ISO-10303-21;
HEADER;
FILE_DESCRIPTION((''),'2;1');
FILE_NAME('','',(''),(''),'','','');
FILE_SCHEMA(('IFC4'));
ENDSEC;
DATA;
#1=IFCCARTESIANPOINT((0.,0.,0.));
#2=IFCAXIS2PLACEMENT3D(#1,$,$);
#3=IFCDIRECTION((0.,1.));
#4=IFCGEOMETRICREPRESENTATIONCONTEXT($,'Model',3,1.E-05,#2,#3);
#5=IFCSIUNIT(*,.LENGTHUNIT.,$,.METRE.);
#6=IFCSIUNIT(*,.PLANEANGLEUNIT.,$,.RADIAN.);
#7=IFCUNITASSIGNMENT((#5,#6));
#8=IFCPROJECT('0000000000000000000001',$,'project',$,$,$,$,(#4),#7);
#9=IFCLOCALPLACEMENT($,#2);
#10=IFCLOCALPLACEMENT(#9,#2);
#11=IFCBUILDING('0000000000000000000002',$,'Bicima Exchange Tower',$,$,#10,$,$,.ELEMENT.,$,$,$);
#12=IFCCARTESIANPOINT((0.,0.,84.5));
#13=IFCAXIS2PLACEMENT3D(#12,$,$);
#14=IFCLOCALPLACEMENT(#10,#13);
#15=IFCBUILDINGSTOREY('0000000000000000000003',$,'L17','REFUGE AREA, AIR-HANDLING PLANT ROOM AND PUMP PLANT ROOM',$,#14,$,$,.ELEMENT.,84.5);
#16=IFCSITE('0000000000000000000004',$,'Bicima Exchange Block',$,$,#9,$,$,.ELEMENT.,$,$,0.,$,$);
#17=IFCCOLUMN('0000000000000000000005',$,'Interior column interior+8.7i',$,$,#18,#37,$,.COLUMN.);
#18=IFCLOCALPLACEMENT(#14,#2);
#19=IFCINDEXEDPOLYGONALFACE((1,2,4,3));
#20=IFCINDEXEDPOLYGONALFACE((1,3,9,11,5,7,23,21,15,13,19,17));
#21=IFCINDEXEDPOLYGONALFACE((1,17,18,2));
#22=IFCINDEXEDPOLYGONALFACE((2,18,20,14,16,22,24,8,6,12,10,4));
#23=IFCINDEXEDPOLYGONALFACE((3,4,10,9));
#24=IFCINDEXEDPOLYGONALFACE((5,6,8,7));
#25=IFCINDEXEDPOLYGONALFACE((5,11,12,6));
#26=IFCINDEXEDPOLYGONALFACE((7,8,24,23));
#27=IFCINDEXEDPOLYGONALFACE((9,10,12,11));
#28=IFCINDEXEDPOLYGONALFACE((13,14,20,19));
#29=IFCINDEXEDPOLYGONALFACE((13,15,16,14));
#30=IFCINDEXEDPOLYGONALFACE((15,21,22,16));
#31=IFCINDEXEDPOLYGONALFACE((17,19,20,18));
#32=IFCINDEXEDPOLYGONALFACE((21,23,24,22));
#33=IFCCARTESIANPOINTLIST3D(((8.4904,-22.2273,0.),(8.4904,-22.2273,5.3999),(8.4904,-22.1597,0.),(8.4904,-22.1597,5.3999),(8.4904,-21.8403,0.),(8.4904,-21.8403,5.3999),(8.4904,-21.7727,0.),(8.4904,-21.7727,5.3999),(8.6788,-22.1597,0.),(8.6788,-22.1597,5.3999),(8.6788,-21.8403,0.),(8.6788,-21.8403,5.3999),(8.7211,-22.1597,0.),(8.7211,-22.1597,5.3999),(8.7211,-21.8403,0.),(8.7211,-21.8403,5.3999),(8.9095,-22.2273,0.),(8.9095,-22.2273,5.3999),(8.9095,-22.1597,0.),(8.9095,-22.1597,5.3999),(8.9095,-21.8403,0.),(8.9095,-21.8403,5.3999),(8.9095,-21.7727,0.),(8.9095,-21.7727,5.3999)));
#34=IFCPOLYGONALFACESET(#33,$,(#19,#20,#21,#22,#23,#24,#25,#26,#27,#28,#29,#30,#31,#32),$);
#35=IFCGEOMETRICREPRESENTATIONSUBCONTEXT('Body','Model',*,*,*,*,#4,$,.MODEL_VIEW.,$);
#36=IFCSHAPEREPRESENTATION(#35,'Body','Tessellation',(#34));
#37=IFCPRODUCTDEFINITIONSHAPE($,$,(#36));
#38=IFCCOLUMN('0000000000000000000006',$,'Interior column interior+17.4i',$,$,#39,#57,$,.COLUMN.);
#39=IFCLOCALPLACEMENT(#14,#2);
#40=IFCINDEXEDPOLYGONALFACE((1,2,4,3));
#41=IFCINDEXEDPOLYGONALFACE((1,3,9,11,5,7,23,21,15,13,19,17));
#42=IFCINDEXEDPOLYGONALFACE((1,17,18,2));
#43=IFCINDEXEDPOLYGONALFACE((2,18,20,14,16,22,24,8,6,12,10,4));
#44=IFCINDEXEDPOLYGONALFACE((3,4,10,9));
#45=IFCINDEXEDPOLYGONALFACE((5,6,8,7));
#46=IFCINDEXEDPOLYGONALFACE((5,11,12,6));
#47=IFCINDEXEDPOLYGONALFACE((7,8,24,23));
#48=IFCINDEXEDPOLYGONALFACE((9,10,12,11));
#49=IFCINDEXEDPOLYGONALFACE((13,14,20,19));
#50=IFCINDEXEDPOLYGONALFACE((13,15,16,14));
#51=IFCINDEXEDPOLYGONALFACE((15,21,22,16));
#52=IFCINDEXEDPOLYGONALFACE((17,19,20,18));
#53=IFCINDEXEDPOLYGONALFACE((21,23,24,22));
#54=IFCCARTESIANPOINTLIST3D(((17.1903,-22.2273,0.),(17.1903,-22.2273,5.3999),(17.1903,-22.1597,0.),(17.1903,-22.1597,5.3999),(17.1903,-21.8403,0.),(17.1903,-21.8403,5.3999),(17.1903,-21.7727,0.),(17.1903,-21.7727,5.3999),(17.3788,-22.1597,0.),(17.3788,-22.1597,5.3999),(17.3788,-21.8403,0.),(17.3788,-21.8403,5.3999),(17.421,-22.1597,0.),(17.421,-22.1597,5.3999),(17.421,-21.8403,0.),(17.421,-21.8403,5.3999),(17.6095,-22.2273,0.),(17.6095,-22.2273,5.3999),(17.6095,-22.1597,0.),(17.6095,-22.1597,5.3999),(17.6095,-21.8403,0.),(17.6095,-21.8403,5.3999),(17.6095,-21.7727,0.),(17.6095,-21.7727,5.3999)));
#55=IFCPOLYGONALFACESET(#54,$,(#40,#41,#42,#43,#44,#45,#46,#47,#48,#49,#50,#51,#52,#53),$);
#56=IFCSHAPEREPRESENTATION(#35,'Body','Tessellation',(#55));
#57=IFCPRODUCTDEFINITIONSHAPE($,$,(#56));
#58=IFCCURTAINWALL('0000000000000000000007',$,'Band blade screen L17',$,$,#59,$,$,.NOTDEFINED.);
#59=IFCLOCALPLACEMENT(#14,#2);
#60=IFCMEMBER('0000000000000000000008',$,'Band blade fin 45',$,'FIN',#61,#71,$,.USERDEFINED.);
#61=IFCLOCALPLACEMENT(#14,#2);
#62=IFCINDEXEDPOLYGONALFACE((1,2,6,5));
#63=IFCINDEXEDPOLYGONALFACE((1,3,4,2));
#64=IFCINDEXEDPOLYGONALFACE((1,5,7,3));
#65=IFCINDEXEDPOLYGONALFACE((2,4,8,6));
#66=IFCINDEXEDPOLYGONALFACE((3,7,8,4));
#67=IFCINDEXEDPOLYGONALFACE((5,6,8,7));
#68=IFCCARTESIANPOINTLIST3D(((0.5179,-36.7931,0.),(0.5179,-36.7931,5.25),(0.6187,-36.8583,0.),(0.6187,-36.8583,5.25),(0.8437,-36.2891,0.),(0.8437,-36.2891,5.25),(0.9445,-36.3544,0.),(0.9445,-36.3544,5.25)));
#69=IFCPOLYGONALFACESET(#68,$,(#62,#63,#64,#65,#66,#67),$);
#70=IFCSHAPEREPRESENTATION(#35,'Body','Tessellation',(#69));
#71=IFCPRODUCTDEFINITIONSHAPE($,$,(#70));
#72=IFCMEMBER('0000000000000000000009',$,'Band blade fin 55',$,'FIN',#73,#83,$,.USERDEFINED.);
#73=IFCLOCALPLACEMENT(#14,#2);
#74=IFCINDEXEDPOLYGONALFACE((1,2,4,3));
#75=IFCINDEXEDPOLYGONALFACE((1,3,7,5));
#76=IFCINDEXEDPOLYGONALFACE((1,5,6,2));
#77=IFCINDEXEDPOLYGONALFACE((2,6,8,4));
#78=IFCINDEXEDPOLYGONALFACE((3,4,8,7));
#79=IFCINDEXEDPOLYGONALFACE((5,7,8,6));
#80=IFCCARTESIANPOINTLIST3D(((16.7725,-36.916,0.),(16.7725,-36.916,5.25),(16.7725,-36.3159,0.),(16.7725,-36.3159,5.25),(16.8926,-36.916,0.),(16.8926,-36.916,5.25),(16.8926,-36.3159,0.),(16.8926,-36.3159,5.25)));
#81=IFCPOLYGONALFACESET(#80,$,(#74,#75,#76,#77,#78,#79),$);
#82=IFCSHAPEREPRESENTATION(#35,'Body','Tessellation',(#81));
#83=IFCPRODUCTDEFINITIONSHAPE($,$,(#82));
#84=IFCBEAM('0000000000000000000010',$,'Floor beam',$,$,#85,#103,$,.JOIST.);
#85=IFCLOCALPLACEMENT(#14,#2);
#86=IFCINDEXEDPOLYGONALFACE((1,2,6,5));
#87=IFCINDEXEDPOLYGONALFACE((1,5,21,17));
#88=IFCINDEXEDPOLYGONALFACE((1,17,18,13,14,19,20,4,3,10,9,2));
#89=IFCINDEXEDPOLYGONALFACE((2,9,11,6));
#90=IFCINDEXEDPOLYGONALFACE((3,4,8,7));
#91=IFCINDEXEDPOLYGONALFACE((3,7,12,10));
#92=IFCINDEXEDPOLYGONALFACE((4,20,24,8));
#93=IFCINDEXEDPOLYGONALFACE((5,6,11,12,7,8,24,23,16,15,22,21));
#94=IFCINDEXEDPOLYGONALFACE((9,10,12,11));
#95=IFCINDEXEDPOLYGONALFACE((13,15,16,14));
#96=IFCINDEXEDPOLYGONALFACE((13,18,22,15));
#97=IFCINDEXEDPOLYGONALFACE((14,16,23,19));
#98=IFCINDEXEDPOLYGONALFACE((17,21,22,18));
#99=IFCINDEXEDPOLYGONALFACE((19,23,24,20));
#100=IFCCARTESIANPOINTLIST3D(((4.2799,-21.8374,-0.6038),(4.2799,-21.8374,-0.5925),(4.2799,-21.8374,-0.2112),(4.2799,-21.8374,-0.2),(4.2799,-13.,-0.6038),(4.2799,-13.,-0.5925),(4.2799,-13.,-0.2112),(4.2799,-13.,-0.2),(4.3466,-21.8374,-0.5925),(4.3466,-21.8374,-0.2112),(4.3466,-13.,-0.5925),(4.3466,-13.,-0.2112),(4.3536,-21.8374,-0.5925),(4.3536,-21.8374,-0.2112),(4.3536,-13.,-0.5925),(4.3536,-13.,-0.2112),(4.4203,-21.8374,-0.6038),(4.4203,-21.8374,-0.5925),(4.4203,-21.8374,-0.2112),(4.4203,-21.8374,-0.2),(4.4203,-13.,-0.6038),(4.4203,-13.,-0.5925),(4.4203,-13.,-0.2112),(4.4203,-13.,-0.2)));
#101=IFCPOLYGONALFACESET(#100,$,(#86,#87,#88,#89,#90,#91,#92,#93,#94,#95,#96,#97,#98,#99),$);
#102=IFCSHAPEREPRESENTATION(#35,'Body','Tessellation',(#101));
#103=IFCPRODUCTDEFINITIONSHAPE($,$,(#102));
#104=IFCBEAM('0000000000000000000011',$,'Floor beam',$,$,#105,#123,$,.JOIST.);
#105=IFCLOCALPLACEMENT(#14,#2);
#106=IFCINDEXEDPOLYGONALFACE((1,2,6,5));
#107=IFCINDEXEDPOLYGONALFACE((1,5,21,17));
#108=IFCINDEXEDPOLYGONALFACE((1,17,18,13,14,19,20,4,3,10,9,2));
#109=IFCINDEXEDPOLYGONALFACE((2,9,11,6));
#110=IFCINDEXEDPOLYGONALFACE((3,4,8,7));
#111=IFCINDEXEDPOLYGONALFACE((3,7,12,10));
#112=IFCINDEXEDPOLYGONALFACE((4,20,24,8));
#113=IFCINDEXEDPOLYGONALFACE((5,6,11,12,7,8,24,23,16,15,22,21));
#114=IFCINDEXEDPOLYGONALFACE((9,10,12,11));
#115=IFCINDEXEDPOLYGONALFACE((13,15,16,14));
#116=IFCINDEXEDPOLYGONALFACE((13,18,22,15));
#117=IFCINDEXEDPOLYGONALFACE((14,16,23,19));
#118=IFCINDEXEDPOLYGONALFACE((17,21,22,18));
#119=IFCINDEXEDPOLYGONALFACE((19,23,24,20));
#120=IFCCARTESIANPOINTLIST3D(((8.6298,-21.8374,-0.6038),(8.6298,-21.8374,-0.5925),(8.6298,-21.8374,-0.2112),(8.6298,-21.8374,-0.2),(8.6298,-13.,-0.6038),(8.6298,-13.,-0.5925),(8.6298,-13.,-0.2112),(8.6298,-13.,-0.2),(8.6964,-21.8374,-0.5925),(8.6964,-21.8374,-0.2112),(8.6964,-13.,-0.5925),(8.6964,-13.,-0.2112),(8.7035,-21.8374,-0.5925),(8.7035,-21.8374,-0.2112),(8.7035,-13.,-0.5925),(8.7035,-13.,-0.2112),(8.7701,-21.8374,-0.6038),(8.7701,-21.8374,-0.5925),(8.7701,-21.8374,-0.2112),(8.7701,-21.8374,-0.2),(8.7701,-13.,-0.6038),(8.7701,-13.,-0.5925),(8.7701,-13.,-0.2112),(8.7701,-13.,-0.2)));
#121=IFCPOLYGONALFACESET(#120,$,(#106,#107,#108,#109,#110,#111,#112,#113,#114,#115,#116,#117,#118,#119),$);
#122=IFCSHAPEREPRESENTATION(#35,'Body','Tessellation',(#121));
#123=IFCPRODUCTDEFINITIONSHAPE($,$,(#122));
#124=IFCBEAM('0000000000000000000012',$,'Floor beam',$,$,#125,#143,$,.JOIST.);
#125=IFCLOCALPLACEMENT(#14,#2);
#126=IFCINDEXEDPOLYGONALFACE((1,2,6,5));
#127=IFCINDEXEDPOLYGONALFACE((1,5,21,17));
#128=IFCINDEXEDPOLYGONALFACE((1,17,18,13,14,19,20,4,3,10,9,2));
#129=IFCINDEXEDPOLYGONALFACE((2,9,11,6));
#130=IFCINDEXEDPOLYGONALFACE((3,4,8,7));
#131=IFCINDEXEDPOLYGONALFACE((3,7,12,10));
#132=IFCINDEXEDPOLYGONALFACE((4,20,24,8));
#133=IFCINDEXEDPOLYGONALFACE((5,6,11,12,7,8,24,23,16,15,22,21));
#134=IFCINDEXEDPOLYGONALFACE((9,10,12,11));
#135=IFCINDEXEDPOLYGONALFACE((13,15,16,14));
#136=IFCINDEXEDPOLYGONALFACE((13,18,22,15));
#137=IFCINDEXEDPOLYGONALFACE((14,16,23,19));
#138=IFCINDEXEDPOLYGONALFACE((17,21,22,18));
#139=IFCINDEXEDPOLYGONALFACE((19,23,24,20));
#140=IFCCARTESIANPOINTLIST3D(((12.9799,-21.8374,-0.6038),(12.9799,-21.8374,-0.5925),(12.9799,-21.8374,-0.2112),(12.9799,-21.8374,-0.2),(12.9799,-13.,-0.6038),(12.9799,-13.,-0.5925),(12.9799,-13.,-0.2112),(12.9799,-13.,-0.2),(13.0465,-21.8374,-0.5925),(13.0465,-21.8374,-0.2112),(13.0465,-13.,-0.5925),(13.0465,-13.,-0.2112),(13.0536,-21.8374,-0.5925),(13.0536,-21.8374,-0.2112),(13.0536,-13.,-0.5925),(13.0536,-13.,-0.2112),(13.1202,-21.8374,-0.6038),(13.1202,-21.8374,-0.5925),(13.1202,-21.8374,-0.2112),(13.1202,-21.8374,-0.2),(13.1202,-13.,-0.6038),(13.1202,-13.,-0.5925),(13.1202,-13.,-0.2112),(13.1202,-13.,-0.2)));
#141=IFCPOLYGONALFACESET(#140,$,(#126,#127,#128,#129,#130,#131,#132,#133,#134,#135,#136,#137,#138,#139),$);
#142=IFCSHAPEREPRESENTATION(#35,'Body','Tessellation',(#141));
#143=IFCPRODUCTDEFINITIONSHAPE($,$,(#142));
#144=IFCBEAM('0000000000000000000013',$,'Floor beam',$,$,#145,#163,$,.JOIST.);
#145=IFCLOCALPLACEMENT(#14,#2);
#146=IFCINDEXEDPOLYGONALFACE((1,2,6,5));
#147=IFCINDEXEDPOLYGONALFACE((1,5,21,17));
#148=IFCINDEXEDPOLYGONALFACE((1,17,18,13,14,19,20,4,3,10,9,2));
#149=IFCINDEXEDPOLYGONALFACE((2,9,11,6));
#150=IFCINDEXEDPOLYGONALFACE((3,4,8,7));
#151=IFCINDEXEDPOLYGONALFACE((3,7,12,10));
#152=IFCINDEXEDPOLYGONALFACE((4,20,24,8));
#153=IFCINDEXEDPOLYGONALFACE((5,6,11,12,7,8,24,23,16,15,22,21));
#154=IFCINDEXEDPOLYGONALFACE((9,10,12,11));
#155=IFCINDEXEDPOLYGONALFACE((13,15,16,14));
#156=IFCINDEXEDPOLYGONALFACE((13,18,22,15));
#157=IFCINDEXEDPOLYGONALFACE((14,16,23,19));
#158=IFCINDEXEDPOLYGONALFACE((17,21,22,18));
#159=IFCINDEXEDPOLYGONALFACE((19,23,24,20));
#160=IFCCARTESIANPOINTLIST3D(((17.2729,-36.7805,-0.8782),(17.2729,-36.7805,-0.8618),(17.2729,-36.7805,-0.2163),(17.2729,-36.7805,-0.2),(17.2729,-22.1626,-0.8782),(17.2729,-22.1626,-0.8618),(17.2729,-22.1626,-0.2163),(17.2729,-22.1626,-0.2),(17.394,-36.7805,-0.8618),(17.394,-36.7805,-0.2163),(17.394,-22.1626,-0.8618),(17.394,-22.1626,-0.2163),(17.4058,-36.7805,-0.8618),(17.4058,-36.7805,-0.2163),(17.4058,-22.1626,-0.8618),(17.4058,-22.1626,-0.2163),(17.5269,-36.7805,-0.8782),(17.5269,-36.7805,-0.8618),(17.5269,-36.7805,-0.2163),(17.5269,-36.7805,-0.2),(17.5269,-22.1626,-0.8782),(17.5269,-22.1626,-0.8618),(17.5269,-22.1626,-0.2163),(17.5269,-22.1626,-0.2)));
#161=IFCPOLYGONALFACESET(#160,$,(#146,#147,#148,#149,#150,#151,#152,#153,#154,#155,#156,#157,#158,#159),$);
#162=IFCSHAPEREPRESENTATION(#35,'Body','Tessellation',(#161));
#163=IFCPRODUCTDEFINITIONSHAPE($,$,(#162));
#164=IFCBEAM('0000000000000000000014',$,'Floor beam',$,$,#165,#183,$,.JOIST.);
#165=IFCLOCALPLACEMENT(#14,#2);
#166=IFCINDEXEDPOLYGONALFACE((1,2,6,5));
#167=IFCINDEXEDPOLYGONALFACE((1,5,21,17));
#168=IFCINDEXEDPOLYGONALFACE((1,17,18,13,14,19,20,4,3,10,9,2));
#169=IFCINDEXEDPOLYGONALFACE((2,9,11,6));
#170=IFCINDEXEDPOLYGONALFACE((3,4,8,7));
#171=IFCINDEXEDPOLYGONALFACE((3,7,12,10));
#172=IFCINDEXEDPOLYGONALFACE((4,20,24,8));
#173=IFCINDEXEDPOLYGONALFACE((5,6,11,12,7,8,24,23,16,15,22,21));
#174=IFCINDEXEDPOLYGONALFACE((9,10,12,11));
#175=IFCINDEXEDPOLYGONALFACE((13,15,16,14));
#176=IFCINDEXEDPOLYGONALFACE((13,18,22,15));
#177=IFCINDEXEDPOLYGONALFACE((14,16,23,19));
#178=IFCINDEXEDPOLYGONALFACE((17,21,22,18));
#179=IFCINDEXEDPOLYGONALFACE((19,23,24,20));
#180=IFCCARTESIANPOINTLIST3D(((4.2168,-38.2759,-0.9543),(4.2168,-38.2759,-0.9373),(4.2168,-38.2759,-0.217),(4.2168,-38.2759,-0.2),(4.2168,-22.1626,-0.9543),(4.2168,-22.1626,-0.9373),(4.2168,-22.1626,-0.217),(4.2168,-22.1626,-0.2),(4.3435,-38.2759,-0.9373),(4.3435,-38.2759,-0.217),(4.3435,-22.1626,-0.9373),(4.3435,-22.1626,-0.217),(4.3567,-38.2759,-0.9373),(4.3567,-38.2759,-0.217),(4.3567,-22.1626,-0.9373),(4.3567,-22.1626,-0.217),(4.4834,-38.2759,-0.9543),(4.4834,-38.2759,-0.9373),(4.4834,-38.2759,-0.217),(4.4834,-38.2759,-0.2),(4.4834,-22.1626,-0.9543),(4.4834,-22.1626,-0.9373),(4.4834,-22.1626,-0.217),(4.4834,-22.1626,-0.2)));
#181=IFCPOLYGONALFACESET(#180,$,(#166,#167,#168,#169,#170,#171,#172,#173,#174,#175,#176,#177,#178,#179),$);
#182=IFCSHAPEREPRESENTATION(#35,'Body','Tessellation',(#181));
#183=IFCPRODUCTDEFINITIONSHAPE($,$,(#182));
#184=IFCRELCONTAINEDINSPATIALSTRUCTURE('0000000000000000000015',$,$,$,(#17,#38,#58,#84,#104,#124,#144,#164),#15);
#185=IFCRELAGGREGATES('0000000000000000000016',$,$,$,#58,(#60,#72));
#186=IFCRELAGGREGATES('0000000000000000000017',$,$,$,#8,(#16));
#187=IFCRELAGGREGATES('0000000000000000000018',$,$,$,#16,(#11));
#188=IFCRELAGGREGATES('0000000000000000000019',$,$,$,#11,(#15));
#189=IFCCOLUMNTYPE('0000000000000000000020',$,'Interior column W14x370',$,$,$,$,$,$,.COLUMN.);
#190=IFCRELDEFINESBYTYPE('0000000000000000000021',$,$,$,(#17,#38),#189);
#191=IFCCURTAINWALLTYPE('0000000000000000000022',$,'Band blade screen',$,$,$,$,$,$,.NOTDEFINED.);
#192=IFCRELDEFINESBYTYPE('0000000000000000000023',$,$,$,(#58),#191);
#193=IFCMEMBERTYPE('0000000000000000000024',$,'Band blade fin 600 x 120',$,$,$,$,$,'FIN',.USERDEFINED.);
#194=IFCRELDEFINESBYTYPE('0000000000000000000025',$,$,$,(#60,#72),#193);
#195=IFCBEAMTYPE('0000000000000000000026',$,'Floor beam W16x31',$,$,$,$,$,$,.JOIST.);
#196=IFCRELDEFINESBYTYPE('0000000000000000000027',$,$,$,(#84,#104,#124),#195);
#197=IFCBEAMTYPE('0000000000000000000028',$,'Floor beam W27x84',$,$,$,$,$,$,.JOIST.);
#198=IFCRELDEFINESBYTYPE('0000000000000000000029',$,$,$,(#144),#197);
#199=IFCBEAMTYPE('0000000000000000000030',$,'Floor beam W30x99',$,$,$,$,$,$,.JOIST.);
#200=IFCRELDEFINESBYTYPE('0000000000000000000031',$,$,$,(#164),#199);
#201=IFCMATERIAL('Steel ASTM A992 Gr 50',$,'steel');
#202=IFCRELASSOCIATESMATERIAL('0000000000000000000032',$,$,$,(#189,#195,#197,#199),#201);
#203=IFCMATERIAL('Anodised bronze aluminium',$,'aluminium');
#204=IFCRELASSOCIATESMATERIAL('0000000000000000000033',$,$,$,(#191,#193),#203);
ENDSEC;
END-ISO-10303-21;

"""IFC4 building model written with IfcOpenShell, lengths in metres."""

from ifc_helpers import new_model, si_unit, direction, frame, origin, origin_2d, place, context, subcontext, project, spatial, rectangle, i_section, extrude, material, material_profile, profile_set, type_object, element, aggregate, save


model = new_model("IFC4")

# Units and contexts
model_context = context("Model", 3, precision=1e-05, world=origin(), true_north=direction((0.0, 1.0)))
body_context = subcontext(model_context, "Body", "Model", "MODEL_VIEW")
ifc_project = project(units=[si_unit("LENGTHUNIT", "METRE"), si_unit("PLANEANGLEUNIT", "RADIAN")], contexts=[model_context])

# Site, building, storey
site_placement = place(None, origin())
site = spatial("IfcSite", under=ifc_project, at=site_placement, Name="Bicima Exchange Block", CompositionType="ELEMENT", RefElevation=0.0)
building_placement = place(site_placement, origin())
building = spatial("IfcBuilding", under=site, at=building_placement, Name="Bicima Exchange Tower", CompositionType="ELEMENT")
storey_placement = place(building_placement, frame((0.0, 0.0, 84.5)))
storey = spatial("IfcBuildingStorey", under=building, at=storey_placement, Name="L17", Description="REFUGE AREA, AIR-HANDLING PLANT ROOM AND PUMP PLANT ROOM", CompositionType="ELEMENT", Elevation=84.5)

# Columns
ifc_material_1 = material(Name="Steel ASTM A992 Gr 50", Category="steel")
ifc_material_profile_1 = material_profile(ifc_material_1, i_section(OverallWidth=0.4192, OverallDepth=0.4546, WebThickness=0.0422, FlangeThickness=0.0676, at=origin_2d()))
ifc_profile_set_1 = profile_set([ifc_material_profile_1], Name="Steel ASTM A992 Gr 50")
column_type = type_object("IfcColumnType", Name="Interior column W14x370", PredefinedType="COLUMN", material=ifc_profile_set_1)
for number, where, z_axis, x_axis, name in (
    (1, (8.7, -22.0, 0.0), (0.0, 0.0, 1.0), (1.0, 0.0, 0.0), "Interior column interior+8.7i"),
    (2, (17.3999, -22.0, 0.0), (0.0, 0.0, 1.0), (1.0, 0.0, 0.0), "Interior column interior+17.4i"),
):
    element("IfcColumn", number, at=place(storey_placement, frame(where, z_axis=z_axis, x_axis=x_axis)), inside=storey, type_object=column_type, Name=name, PredefinedType="COLUMN", context=body_context, shape_type="SweptSolid", body=[
        extrude(i_section(OverallWidth=0.4192, OverallDepth=0.4546, WebThickness=0.0422, FlangeThickness=0.0676, at=origin_2d()), origin(), (0.0, 0.0, 1.0), 5.3999),
    ])

# Curtain wall, members
ifc_material_2 = material(Name="Anodised bronze aluminium", Category="aluminium")
curtain_wall_type = type_object("IfcCurtainWallType", Name="Band blade screen", PredefinedType="NOTDEFINED", material=ifc_material_2)
curtain_wall_placement = place(storey_placement, origin())
curtain_wall = element("IfcCurtainWall", 3, at=curtain_wall_placement, inside=storey, type_object=curtain_wall_type, Name="Band blade screen L17", PredefinedType="NOTDEFINED")
ifc_material_profile_2 = material_profile(ifc_material_2, rectangle(XDim=0.6001, YDim=0.1201, at=origin_2d()))
ifc_profile_set_2 = profile_set([ifc_material_profile_2], Name="Anodised bronze aluminium")
member_type = type_object("IfcMemberType", Name="Band blade fin 600 x 120", ElementType="FIN", PredefinedType="USERDEFINED", material=ifc_profile_set_2)
member_1_placement = place(storey_placement, frame((0.7312, -36.5737, 0.0), z_axis=(0.0, 0.0, 1.0), x_axis=(0.542909, 0.839791, 0.0)))
member_1 = element("IfcMember", 4, at=member_1_placement, type_object=member_type, Name="Band blade fin 45", ObjectType="FIN", PredefinedType="USERDEFINED", context=body_context, shape_type="SweptSolid", body=[
    extrude(rectangle(XDim=0.6001, YDim=0.1201, at=origin_2d()), origin(), (0.0, 0.0, 1.0), 5.25),
])
member_2_placement = place(storey_placement, frame((16.8325, -36.616, 0.0), z_axis=(0.0, 0.0, 1.0), x_axis=(0.0, 1.0, 0.0)))
member_2 = element("IfcMember", 5, at=member_2_placement, type_object=member_type, Name="Band blade fin 55", ObjectType="FIN", PredefinedType="USERDEFINED", context=body_context, shape_type="SweptSolid", body=[
    extrude(rectangle(XDim=0.6001, YDim=0.1201, at=origin_2d()), origin(), (0.0, 0.0, 1.0), 5.25),
])
aggregate(curtain_wall, [member_1, member_2])

# Beams
ifc_material_profile_3 = material_profile(ifc_material_1, i_section(OverallWidth=0.1404, OverallDepth=0.4038, WebThickness=0.0071, FlangeThickness=0.0112, at=origin_2d()))
ifc_profile_set_3 = profile_set([ifc_material_profile_3], Name="Steel ASTM A992 Gr 50")
beam_type_1 = type_object("IfcBeamType", Name="Floor beam W16x31", PredefinedType="JOIST", material=ifc_profile_set_3)
for number, where, z_axis, x_axis, name in (
    (6, (4.3501, -13.0, -0.4019), (0.0, -1.0, 0.0), (1.0, 0.0, 0.0), "Floor beam"),
    (7, (8.7, -13.0, -0.4019), (0.0, -1.0, 0.0), (1.0, 0.0, 0.0), "Floor beam"),
    (8, (13.05, -13.0, -0.4019), (0.0, -1.0, 0.0), (1.0, 0.0, 0.0), "Floor beam"),
):
    element("IfcBeam", number, at=place(storey_placement, frame(where, z_axis=z_axis, x_axis=x_axis)), inside=storey, type_object=beam_type_1, Name=name, PredefinedType="JOIST", context=body_context, shape_type="SweptSolid", body=[
        extrude(i_section(OverallWidth=0.1404, OverallDepth=0.4038, WebThickness=0.0071, FlangeThickness=0.0112, at=origin_2d()), origin(), (0.0, 0.0, 1.0), 8.8374),
    ])
ifc_material_profile_4 = material_profile(ifc_material_1, i_section(OverallWidth=0.2539, OverallDepth=0.6782, WebThickness=0.0117, FlangeThickness=0.0164, at=origin_2d()))
ifc_profile_set_4 = profile_set([ifc_material_profile_4], Name="Steel ASTM A992 Gr 50")
beam_type_2 = type_object("IfcBeamType", Name="Floor beam W27x84", PredefinedType="JOIST", material=ifc_profile_set_4)
beam_1_placement = place(storey_placement, frame((17.3999, -22.1626, -0.5391), z_axis=(0.0, -1.0, 0.0), x_axis=(1.0, 0.0, 0.0)))
element("IfcBeam", 9, at=beam_1_placement, inside=storey, type_object=beam_type_2, Name="Floor beam", PredefinedType="JOIST", context=body_context, shape_type="SweptSolid", body=[
    extrude(i_section(OverallWidth=0.2539, OverallDepth=0.6782, WebThickness=0.0117, FlangeThickness=0.0164, at=origin_2d()), origin(), (0.0, 0.0, 1.0), 14.6179),
])
ifc_material_profile_5 = material_profile(ifc_material_1, i_section(OverallWidth=0.2666, OverallDepth=0.7544, WebThickness=0.0132, FlangeThickness=0.0171, at=origin_2d()))
ifc_profile_set_5 = profile_set([ifc_material_profile_5], Name="Steel ASTM A992 Gr 50")
beam_type_3 = type_object("IfcBeamType", Name="Floor beam W30x99", PredefinedType="JOIST", material=ifc_profile_set_5)
for number, where, z_axis, x_axis, name in (
    (10, (4.3501, -22.1626, -0.5771), (0.0, -1.0, 0.0), (1.0, 0.0, 0.0), "Floor beam"),
):
    element("IfcBeam", number, at=place(storey_placement, frame(where, z_axis=z_axis, x_axis=x_axis)), inside=storey, type_object=beam_type_3, Name=name, PredefinedType="JOIST", context=body_context, shape_type="SweptSolid", body=[
        extrude(i_section(OverallWidth=0.2666, OverallDepth=0.7544, WebThickness=0.0132, FlangeThickness=0.0171, at=origin_2d()), origin(), (0.0, 0.0, 1.0), 16.1133),
    ])

save(model, "model.ifc")
